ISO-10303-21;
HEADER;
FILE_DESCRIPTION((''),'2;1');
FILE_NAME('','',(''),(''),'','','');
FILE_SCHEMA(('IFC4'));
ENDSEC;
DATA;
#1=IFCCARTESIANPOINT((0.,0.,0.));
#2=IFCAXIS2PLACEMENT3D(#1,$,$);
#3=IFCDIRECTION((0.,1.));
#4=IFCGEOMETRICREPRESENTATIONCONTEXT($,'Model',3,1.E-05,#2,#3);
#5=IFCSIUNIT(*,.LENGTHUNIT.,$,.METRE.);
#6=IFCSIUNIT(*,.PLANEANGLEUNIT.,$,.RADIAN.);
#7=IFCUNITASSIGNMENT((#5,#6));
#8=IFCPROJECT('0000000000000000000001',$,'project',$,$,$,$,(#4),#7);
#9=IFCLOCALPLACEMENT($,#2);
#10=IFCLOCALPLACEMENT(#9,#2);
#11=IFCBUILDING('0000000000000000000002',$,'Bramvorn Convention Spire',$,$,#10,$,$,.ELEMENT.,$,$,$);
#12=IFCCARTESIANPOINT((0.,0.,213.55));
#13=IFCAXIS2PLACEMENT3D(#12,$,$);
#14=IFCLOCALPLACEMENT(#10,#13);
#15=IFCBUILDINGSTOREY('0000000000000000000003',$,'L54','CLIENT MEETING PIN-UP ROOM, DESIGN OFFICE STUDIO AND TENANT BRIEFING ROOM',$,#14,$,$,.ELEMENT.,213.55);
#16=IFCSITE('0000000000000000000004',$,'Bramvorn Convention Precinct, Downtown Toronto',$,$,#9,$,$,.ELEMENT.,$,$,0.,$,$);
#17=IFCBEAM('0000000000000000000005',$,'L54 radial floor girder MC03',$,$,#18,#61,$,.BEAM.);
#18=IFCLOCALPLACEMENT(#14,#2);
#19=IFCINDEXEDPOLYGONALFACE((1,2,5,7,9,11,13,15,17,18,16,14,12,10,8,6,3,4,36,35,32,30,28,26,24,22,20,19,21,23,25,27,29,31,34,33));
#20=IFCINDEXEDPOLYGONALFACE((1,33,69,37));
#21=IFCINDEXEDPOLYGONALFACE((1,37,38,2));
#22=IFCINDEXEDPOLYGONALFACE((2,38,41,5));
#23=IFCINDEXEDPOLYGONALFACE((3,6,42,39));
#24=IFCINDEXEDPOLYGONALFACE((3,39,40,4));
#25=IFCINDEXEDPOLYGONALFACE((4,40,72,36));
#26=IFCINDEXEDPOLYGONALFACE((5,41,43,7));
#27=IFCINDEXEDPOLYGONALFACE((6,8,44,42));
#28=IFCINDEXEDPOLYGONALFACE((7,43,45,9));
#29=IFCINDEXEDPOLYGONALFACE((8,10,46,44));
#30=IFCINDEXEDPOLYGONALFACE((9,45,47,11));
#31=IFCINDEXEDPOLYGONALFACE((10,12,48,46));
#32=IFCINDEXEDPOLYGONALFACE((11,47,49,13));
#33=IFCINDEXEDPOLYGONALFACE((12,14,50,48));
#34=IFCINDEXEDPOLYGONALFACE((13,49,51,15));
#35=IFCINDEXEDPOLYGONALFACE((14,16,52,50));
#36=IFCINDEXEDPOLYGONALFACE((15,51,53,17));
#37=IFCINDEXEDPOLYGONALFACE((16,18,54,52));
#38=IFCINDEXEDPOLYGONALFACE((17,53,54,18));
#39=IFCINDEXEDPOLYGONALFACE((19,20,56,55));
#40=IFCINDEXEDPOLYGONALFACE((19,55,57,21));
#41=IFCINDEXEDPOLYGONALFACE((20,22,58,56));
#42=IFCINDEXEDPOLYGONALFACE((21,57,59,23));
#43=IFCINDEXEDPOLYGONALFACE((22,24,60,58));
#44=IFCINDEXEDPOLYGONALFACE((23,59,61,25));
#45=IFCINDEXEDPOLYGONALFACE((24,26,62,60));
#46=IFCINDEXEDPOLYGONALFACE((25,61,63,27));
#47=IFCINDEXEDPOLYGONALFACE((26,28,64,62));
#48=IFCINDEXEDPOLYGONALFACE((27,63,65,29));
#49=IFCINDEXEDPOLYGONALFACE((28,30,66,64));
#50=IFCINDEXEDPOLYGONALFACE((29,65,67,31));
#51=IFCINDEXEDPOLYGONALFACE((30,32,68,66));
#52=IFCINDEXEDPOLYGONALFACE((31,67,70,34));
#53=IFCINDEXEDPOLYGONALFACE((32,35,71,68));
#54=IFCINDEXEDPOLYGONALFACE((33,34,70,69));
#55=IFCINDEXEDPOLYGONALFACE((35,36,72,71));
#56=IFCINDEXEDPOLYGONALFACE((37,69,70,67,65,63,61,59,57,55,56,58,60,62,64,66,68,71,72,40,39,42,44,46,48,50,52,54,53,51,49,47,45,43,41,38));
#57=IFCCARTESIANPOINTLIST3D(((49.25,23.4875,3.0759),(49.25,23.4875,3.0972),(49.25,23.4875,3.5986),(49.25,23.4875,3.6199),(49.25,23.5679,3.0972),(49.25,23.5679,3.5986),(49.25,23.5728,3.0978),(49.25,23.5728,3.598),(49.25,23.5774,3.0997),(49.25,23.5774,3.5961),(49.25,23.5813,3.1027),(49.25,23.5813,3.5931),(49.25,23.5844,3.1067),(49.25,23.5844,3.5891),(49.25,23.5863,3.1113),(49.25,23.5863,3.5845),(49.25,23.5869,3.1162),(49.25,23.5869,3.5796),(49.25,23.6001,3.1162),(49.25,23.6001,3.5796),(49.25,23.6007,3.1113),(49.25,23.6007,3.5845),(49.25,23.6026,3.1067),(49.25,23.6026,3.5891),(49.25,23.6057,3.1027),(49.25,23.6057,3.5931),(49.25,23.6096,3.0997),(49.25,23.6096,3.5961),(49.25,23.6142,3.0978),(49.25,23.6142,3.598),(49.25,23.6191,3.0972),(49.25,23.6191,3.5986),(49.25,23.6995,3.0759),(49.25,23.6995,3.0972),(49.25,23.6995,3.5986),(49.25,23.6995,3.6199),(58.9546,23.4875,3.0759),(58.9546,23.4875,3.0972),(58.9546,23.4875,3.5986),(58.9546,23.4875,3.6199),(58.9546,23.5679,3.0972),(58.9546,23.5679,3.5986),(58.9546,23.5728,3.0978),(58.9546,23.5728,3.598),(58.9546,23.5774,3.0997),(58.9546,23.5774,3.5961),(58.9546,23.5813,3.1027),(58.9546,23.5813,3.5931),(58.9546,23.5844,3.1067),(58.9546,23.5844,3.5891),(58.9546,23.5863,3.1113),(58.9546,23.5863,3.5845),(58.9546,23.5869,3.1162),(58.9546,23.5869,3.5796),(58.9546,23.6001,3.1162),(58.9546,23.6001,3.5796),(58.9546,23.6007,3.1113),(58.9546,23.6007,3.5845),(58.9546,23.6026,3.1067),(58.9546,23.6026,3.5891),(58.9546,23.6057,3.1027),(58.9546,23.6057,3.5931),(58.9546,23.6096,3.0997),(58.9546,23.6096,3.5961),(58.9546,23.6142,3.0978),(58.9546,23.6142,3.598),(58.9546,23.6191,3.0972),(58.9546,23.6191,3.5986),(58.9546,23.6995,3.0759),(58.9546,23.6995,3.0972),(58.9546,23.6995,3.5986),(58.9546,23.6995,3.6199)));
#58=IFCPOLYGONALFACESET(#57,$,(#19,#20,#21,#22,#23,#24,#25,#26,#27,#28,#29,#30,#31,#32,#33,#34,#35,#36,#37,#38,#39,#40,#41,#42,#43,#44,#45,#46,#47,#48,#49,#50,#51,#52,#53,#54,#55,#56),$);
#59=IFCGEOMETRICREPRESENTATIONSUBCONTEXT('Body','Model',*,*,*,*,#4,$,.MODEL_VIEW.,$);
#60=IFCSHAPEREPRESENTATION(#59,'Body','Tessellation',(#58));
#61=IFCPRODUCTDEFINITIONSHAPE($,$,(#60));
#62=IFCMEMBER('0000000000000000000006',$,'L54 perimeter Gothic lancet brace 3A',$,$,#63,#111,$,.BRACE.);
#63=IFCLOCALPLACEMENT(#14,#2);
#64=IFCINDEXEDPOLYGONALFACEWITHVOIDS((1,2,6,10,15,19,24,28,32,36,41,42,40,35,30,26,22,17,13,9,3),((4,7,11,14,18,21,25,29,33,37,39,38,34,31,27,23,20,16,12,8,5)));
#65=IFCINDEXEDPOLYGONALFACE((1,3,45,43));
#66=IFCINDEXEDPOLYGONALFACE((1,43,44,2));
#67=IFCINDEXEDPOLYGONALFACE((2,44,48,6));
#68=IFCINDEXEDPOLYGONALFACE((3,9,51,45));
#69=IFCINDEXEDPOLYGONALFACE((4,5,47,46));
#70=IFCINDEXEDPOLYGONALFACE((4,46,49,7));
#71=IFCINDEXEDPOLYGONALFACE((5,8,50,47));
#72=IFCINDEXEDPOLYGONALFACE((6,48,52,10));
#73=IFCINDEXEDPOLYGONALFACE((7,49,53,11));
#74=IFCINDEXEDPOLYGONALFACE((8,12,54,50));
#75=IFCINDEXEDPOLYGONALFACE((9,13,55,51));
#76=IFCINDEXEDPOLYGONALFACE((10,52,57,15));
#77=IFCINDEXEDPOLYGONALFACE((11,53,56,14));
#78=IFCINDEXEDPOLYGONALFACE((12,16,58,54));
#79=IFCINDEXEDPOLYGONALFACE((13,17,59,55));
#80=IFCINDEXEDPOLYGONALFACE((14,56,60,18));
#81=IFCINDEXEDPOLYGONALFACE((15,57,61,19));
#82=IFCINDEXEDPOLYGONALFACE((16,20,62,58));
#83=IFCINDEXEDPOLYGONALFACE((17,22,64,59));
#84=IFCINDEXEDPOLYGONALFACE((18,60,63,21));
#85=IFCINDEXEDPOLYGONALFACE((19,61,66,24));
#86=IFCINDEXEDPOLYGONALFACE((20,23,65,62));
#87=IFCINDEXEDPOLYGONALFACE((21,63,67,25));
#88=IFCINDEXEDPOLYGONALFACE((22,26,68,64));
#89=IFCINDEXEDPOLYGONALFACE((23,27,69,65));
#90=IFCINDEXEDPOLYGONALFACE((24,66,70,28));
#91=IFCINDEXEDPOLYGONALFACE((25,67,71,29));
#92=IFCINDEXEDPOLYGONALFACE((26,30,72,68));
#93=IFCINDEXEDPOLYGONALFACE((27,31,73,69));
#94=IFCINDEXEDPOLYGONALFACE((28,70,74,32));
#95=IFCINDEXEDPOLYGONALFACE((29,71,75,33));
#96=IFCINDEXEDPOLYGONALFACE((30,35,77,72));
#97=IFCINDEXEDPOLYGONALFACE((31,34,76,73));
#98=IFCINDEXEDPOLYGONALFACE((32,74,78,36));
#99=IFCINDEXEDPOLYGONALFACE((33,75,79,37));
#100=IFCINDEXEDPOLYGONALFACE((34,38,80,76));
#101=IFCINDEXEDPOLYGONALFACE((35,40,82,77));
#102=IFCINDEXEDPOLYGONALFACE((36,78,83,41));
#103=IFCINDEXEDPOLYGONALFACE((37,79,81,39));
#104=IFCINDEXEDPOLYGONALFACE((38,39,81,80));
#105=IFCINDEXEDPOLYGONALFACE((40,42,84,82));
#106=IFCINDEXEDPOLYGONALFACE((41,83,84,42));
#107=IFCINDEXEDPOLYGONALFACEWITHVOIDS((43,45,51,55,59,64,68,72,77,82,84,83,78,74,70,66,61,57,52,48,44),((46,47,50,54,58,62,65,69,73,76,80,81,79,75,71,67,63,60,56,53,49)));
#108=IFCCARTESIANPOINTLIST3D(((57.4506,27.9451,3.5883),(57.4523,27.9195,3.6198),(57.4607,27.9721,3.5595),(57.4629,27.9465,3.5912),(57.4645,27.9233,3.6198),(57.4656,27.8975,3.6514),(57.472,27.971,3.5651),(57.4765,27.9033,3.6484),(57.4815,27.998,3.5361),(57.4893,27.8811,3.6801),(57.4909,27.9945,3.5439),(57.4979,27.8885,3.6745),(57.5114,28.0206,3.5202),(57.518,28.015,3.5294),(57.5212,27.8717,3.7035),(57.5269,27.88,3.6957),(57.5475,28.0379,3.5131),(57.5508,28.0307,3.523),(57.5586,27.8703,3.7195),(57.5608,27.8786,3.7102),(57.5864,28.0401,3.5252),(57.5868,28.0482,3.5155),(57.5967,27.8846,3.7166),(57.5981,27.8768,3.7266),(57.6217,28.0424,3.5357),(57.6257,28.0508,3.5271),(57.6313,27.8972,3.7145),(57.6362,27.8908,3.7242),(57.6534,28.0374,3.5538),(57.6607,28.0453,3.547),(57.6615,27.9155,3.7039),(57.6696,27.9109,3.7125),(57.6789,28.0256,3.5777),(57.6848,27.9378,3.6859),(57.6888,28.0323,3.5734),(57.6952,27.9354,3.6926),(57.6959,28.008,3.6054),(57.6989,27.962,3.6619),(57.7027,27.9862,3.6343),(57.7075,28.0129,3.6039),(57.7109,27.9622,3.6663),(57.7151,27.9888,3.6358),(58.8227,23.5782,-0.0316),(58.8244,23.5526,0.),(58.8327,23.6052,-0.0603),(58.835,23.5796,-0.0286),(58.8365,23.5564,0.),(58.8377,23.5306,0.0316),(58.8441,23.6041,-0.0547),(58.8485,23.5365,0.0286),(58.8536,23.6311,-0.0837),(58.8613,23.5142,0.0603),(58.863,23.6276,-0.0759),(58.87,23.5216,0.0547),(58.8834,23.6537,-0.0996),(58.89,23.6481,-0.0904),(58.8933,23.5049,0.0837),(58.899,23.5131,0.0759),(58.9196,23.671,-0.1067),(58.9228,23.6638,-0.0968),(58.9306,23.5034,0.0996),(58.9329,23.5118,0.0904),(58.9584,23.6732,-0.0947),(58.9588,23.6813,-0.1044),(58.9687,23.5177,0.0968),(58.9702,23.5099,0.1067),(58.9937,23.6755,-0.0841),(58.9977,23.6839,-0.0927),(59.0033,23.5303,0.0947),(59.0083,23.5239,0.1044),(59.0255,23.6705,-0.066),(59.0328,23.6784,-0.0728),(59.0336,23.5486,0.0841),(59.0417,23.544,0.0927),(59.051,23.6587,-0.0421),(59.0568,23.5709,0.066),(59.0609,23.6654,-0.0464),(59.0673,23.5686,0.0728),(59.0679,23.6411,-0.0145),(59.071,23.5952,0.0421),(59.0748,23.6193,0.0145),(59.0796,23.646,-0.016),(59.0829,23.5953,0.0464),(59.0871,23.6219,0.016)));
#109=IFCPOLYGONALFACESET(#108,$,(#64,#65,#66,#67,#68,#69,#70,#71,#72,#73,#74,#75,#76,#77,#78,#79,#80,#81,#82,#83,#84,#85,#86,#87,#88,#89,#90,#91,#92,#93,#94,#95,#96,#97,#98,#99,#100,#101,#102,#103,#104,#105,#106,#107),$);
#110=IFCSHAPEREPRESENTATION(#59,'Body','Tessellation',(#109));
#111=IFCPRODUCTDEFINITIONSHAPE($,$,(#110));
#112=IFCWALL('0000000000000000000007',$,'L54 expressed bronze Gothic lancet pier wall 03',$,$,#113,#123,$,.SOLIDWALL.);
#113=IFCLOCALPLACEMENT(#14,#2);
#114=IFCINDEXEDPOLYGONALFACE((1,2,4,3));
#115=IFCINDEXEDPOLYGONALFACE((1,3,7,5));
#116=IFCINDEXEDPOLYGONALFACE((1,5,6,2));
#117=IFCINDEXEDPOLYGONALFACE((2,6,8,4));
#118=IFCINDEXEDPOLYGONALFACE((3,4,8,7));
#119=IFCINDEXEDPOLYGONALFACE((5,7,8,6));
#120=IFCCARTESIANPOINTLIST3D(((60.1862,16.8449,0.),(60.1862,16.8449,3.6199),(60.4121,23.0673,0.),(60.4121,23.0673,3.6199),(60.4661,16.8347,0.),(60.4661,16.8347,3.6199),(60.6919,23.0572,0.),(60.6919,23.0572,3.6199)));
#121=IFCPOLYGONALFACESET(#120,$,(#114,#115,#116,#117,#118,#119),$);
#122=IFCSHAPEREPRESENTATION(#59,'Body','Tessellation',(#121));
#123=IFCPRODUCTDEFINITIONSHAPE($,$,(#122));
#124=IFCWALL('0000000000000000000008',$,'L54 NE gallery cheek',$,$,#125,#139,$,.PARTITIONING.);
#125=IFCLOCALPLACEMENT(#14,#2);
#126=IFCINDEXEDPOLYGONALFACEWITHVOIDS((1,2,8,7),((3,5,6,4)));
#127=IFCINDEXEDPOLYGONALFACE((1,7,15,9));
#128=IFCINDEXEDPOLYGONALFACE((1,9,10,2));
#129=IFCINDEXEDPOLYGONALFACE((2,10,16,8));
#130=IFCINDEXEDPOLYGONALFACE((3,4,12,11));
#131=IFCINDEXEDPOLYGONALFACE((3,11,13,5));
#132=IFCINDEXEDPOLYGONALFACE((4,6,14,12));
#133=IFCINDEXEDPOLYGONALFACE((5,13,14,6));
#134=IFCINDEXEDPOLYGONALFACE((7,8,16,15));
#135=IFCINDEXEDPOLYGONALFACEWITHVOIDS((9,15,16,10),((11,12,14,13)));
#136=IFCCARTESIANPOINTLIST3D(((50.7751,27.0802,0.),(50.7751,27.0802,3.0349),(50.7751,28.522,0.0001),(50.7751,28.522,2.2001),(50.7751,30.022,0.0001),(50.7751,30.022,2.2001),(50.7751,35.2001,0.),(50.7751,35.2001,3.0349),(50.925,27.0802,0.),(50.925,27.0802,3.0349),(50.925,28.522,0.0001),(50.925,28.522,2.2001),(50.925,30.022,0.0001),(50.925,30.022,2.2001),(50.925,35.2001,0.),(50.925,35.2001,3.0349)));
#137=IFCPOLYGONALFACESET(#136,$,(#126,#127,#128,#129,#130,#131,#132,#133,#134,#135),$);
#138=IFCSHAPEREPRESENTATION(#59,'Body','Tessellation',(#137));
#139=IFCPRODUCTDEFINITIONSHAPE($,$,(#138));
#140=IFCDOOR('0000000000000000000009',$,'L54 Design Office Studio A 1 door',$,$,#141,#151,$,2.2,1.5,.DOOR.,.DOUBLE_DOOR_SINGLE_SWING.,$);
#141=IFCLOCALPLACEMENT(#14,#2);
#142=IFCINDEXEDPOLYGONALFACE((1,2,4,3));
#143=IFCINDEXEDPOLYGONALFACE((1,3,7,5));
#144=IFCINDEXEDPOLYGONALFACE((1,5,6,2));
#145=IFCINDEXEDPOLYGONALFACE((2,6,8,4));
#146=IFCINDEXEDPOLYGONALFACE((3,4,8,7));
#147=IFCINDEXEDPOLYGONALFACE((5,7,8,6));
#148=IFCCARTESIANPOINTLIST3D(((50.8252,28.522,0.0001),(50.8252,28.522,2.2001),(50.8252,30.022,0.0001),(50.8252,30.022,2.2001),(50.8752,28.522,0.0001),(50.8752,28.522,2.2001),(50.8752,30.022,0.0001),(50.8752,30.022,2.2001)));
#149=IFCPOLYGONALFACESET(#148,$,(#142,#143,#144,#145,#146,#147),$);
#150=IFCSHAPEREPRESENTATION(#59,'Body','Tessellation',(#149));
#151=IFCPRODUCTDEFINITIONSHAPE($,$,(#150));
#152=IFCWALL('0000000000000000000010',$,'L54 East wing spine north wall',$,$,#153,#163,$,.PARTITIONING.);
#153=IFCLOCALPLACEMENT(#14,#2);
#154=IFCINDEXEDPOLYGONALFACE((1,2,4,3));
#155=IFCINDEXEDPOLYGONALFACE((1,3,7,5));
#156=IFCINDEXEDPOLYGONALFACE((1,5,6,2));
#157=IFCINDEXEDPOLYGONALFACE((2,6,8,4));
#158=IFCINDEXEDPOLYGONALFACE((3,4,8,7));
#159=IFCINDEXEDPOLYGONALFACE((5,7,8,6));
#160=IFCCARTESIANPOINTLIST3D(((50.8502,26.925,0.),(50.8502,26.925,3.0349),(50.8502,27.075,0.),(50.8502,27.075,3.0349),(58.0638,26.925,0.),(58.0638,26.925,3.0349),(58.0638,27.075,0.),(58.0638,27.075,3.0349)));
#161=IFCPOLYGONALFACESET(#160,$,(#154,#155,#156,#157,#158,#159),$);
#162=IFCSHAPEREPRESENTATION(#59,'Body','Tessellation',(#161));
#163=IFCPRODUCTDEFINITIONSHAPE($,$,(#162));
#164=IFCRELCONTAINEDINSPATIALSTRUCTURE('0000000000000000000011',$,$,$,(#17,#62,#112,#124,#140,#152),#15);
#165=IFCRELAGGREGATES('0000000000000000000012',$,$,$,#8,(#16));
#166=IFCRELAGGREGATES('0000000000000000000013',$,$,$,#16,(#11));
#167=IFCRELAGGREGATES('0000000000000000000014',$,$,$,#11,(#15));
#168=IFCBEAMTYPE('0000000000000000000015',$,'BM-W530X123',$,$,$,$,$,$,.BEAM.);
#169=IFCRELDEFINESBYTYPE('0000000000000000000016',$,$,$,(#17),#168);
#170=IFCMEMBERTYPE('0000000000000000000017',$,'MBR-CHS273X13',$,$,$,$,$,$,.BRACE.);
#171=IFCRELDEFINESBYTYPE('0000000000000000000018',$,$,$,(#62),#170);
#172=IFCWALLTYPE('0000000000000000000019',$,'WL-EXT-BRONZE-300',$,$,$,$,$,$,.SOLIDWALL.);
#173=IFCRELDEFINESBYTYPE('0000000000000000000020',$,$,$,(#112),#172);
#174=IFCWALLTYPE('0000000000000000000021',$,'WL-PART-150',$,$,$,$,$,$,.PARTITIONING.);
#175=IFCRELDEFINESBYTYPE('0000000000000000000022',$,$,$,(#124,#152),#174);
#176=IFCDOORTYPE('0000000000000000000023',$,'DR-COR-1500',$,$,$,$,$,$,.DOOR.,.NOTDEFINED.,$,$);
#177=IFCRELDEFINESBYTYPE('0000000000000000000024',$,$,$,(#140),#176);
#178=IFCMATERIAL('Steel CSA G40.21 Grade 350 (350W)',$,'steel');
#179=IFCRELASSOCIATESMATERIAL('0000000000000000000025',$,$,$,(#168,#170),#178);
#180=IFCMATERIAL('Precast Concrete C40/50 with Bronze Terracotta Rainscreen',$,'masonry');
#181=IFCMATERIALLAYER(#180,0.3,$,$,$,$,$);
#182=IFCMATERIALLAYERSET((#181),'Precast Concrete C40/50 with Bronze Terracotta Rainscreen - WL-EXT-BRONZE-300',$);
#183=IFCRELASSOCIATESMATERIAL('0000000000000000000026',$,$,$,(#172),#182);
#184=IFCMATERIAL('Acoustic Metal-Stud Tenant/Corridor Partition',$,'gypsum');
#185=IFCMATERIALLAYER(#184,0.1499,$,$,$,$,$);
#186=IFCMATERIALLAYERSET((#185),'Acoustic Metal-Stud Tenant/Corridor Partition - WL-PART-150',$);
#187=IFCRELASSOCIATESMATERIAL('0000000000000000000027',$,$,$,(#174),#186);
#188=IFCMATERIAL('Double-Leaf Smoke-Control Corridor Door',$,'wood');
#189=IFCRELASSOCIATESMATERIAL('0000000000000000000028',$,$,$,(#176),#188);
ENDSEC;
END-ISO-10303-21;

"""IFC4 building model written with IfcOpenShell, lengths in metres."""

from ifc_helpers import new_model, si_unit, direction, frame, frame_2d, origin, origin_2d, place, context, subcontext, project, spatial, rectangle, hollow_circle, i_section, extrude, material, layer, layer_set, material_profile, profile_set, type_object, element, fill, save


model = new_model("IFC4")

# Units and contexts
model_context = context("Model", 3, precision=1e-05, world=origin(), true_north=direction((0.0, 1.0)))
body_context = subcontext(model_context, "Body", "Model", "MODEL_VIEW")
ifc_project = project(units=[si_unit("LENGTHUNIT", "METRE"), si_unit("PLANEANGLEUNIT", "RADIAN")], contexts=[model_context])

# Site, building, storey
site_placement = place(None, origin())
site = spatial("IfcSite", under=ifc_project, at=site_placement, Name="Bramvorn Convention Precinct, Downtown Toronto", CompositionType="ELEMENT", RefElevation=0.0)
building_placement = place(site_placement, origin())
building = spatial("IfcBuilding", under=site, at=building_placement, Name="Bramvorn Convention Spire", CompositionType="ELEMENT")
storey_placement = place(building_placement, frame((0.0, 0.0, 213.55)))
storey = spatial("IfcBuildingStorey", under=building, at=storey_placement, Name="L54", Description="CLIENT MEETING PIN-UP ROOM, DESIGN OFFICE STUDIO AND TENANT BRIEFING ROOM", CompositionType="ELEMENT", Elevation=213.55)

# Shared definitions
ifc_material_1 = material(Name="Steel CSA G40.21 Grade 350 (350W)", Category="steel")

# Beam
ifc_material_profile_1 = material_profile(ifc_material_1, i_section(OverallWidth=0.2119, OverallDepth=0.5439, WebThickness=0.0132, FlangeThickness=0.0212, FilletRadius=0.019, at=origin_2d()))
ifc_profile_set_1 = profile_set([ifc_material_profile_1], Name="Steel CSA G40.21 Grade 350 (350W) - W530X123")
beam_type_1 = type_object("IfcBeamType", Name="BM-W530X123", PredefinedType="BEAM", material=ifc_profile_set_1)
beam_1_placement = place(storey_placement, frame((49.25, 23.5935, 3.3479), z_axis=(1.0, 0.0, 0.0), x_axis=(0.0, 1.0, 0.0)))
element("IfcBeam", 1, at=beam_1_placement, inside=storey, type_object=beam_type_1, Name="L54 radial floor girder MC03", PredefinedType="BEAM", context=body_context, shape_type="SweptSolid", body=[
    extrude(i_section(OverallWidth=0.2119, OverallDepth=0.5439, WebThickness=0.0132, FlangeThickness=0.0212, FilletRadius=0.019, at=origin_2d()), origin(), (0.0, 0.0, 1.0), 9.7046),
])

# Member
ifc_material_profile_2 = material_profile(ifc_material_1, hollow_circle(Radius=0.1365, WallThickness=0.0127, at=origin_2d()))
ifc_profile_set_2 = profile_set([ifc_material_profile_2], Name="Steel CSA G40.21 Grade 350 (350W) - CHS273X13")
member_type = type_object("IfcMemberType", Name="MBR-CHS273X13", PredefinedType="BRACE", material=ifc_profile_set_2)
member_placement = place(storey_placement, frame((58.9546, 23.5935, 0.0), z_axis=(-0.235114, 0.748306, 0.62029), x_axis=(-0.954019, -0.299748, 0.0)))
element("IfcMember", 2, at=member_placement, inside=storey, type_object=member_type, Name="L54 perimeter Gothic lancet brace 3A", PredefinedType="BRACE", context=body_context, shape_type="SweptSolid", body=[
    extrude(hollow_circle(Radius=0.1365, WallThickness=0.0127, at=origin_2d()), origin(), (0.0, 0.0, 1.0), 5.8357),
])

# Wall
ifc_material_2 = material(Name="Precast Concrete C40/50 with Bronze Terracotta Rainscreen", Category="masonry")
ifc_layer_1 = layer(ifc_material_2, 0.3)
ifc_layer_set_1 = layer_set([ifc_layer_1], Name="Precast Concrete C40/50 with Bronze Terracotta Rainscreen - WL-EXT-BRONZE-300")
wall_type_1 = type_object("IfcWallType", Name="WL-EXT-BRONZE-300", PredefinedType="SOLIDWALL", material=ifc_layer_set_1)
wall_1_placement = place(storey_placement, frame((60.552, 23.0623, 0.0), z_axis=(0.0, 0.0, 1.0), x_axis=(-0.036269, -0.999342, 0.0)))
element("IfcWall", 3, at=wall_1_placement, inside=storey, type_object=wall_type_1, Name="L54 expressed bronze Gothic lancet pier wall 03", PredefinedType="SOLIDWALL", context=body_context, shape_type="SweptSolid", body=[
    extrude(rectangle(XDim=6.2266, YDim=0.28, at=frame_2d((3.1133, 0.0))), origin(), (0.0, 0.0, 1.0), 3.6199),
])

# Wall, opening, door
ifc_material_3 = material(Name="Acoustic Metal-Stud Tenant/Corridor Partition", Category="gypsum")
ifc_layer_2 = layer(ifc_material_3, 0.1499)
ifc_layer_set_2 = layer_set([ifc_layer_2], Name="Acoustic Metal-Stud Tenant/Corridor Partition - WL-PART-150")
wall_type_2 = type_object("IfcWallType", Name="WL-PART-150", PredefinedType="PARTITIONING", material=ifc_layer_set_2)
wall_2_placement = place(storey_placement, frame((50.8501, 27.0801, 0.0), z_axis=(0.0, 0.0, 1.0), x_axis=(0.0, 1.0, 0.0)))
wall_2 = element("IfcWall", 4, at=wall_2_placement, inside=storey, type_object=wall_type_2, Name="L54 NE gallery cheek", PredefinedType="PARTITIONING", context=body_context, shape_type="SweptSolid", body=[
    extrude(rectangle(XDim=8.1199, YDim=0.1499, at=frame_2d((4.0601, 0.0))), origin(), (0.0, 0.0, 1.0), 3.0349),
])
opening_1_placement = place(wall_2_placement, frame((1.4419, 0.0, 0.0)))
opening_1 = element("IfcOpeningElement", 5, at=opening_1_placement, cuts=wall_2, PredefinedType="OPENING", context=body_context, shape_type="SweptSolid", body=[
    extrude(rectangle(XDim=1.5, YDim=2.2, at=frame_2d((0.75, 1.1001))), frame((0.0, 0.085, 0.0), z_axis=(0.0, -1.0, 0.0), x_axis=(1.0, 0.0, 0.0)), (0.0, 0.0, 1.0), 0.1699),
])
ifc_material_4 = material(Name="Double-Leaf Smoke-Control Corridor Door", Category="wood")
door_type = type_object("IfcDoorType", Name="DR-COR-1500", OperationType="NOTDEFINED", PredefinedType="DOOR", material=ifc_material_4)
door_1_placement = place(opening_1_placement, origin())
door_1 = element("IfcDoor", 6, at=door_1_placement, inside=storey, type_object=door_type, Name="L54 Design Office Studio A 1 door", OperationType="DOUBLE_DOOR_SINGLE_SWING", OverallHeight=2.2, OverallWidth=1.5, PredefinedType="DOOR", context=body_context, shape_type="SweptSolid", body=[
    extrude(rectangle(XDim=1.5, YDim=2.2, at=frame_2d((0.75, 1.1001))), frame((0.0, 0.0249, 0.0), z_axis=(0.0, -1.0, 0.0), x_axis=(1.0, 0.0, 0.0)), (0.0, 0.0, 1.0), 0.05),
])
fill(opening_1, door_1)

# Wall
wall_3_placement = place(storey_placement, frame((50.8501, 27.0, 0.0), z_axis=(0.0, 0.0, 1.0), x_axis=(1.0, 0.0, 0.0)))
element("IfcWall", 7, at=wall_3_placement, inside=storey, type_object=wall_type_2, Name="L54 East wing spine north wall", PredefinedType="PARTITIONING", context=body_context, shape_type="SweptSolid", body=[
    extrude(rectangle(XDim=7.2136, YDim=0.1499, at=frame_2d((3.6069, 0.0))), origin(), (0.0, 0.0, 1.0), 3.0349),
])

save(model, "model.ifc")
